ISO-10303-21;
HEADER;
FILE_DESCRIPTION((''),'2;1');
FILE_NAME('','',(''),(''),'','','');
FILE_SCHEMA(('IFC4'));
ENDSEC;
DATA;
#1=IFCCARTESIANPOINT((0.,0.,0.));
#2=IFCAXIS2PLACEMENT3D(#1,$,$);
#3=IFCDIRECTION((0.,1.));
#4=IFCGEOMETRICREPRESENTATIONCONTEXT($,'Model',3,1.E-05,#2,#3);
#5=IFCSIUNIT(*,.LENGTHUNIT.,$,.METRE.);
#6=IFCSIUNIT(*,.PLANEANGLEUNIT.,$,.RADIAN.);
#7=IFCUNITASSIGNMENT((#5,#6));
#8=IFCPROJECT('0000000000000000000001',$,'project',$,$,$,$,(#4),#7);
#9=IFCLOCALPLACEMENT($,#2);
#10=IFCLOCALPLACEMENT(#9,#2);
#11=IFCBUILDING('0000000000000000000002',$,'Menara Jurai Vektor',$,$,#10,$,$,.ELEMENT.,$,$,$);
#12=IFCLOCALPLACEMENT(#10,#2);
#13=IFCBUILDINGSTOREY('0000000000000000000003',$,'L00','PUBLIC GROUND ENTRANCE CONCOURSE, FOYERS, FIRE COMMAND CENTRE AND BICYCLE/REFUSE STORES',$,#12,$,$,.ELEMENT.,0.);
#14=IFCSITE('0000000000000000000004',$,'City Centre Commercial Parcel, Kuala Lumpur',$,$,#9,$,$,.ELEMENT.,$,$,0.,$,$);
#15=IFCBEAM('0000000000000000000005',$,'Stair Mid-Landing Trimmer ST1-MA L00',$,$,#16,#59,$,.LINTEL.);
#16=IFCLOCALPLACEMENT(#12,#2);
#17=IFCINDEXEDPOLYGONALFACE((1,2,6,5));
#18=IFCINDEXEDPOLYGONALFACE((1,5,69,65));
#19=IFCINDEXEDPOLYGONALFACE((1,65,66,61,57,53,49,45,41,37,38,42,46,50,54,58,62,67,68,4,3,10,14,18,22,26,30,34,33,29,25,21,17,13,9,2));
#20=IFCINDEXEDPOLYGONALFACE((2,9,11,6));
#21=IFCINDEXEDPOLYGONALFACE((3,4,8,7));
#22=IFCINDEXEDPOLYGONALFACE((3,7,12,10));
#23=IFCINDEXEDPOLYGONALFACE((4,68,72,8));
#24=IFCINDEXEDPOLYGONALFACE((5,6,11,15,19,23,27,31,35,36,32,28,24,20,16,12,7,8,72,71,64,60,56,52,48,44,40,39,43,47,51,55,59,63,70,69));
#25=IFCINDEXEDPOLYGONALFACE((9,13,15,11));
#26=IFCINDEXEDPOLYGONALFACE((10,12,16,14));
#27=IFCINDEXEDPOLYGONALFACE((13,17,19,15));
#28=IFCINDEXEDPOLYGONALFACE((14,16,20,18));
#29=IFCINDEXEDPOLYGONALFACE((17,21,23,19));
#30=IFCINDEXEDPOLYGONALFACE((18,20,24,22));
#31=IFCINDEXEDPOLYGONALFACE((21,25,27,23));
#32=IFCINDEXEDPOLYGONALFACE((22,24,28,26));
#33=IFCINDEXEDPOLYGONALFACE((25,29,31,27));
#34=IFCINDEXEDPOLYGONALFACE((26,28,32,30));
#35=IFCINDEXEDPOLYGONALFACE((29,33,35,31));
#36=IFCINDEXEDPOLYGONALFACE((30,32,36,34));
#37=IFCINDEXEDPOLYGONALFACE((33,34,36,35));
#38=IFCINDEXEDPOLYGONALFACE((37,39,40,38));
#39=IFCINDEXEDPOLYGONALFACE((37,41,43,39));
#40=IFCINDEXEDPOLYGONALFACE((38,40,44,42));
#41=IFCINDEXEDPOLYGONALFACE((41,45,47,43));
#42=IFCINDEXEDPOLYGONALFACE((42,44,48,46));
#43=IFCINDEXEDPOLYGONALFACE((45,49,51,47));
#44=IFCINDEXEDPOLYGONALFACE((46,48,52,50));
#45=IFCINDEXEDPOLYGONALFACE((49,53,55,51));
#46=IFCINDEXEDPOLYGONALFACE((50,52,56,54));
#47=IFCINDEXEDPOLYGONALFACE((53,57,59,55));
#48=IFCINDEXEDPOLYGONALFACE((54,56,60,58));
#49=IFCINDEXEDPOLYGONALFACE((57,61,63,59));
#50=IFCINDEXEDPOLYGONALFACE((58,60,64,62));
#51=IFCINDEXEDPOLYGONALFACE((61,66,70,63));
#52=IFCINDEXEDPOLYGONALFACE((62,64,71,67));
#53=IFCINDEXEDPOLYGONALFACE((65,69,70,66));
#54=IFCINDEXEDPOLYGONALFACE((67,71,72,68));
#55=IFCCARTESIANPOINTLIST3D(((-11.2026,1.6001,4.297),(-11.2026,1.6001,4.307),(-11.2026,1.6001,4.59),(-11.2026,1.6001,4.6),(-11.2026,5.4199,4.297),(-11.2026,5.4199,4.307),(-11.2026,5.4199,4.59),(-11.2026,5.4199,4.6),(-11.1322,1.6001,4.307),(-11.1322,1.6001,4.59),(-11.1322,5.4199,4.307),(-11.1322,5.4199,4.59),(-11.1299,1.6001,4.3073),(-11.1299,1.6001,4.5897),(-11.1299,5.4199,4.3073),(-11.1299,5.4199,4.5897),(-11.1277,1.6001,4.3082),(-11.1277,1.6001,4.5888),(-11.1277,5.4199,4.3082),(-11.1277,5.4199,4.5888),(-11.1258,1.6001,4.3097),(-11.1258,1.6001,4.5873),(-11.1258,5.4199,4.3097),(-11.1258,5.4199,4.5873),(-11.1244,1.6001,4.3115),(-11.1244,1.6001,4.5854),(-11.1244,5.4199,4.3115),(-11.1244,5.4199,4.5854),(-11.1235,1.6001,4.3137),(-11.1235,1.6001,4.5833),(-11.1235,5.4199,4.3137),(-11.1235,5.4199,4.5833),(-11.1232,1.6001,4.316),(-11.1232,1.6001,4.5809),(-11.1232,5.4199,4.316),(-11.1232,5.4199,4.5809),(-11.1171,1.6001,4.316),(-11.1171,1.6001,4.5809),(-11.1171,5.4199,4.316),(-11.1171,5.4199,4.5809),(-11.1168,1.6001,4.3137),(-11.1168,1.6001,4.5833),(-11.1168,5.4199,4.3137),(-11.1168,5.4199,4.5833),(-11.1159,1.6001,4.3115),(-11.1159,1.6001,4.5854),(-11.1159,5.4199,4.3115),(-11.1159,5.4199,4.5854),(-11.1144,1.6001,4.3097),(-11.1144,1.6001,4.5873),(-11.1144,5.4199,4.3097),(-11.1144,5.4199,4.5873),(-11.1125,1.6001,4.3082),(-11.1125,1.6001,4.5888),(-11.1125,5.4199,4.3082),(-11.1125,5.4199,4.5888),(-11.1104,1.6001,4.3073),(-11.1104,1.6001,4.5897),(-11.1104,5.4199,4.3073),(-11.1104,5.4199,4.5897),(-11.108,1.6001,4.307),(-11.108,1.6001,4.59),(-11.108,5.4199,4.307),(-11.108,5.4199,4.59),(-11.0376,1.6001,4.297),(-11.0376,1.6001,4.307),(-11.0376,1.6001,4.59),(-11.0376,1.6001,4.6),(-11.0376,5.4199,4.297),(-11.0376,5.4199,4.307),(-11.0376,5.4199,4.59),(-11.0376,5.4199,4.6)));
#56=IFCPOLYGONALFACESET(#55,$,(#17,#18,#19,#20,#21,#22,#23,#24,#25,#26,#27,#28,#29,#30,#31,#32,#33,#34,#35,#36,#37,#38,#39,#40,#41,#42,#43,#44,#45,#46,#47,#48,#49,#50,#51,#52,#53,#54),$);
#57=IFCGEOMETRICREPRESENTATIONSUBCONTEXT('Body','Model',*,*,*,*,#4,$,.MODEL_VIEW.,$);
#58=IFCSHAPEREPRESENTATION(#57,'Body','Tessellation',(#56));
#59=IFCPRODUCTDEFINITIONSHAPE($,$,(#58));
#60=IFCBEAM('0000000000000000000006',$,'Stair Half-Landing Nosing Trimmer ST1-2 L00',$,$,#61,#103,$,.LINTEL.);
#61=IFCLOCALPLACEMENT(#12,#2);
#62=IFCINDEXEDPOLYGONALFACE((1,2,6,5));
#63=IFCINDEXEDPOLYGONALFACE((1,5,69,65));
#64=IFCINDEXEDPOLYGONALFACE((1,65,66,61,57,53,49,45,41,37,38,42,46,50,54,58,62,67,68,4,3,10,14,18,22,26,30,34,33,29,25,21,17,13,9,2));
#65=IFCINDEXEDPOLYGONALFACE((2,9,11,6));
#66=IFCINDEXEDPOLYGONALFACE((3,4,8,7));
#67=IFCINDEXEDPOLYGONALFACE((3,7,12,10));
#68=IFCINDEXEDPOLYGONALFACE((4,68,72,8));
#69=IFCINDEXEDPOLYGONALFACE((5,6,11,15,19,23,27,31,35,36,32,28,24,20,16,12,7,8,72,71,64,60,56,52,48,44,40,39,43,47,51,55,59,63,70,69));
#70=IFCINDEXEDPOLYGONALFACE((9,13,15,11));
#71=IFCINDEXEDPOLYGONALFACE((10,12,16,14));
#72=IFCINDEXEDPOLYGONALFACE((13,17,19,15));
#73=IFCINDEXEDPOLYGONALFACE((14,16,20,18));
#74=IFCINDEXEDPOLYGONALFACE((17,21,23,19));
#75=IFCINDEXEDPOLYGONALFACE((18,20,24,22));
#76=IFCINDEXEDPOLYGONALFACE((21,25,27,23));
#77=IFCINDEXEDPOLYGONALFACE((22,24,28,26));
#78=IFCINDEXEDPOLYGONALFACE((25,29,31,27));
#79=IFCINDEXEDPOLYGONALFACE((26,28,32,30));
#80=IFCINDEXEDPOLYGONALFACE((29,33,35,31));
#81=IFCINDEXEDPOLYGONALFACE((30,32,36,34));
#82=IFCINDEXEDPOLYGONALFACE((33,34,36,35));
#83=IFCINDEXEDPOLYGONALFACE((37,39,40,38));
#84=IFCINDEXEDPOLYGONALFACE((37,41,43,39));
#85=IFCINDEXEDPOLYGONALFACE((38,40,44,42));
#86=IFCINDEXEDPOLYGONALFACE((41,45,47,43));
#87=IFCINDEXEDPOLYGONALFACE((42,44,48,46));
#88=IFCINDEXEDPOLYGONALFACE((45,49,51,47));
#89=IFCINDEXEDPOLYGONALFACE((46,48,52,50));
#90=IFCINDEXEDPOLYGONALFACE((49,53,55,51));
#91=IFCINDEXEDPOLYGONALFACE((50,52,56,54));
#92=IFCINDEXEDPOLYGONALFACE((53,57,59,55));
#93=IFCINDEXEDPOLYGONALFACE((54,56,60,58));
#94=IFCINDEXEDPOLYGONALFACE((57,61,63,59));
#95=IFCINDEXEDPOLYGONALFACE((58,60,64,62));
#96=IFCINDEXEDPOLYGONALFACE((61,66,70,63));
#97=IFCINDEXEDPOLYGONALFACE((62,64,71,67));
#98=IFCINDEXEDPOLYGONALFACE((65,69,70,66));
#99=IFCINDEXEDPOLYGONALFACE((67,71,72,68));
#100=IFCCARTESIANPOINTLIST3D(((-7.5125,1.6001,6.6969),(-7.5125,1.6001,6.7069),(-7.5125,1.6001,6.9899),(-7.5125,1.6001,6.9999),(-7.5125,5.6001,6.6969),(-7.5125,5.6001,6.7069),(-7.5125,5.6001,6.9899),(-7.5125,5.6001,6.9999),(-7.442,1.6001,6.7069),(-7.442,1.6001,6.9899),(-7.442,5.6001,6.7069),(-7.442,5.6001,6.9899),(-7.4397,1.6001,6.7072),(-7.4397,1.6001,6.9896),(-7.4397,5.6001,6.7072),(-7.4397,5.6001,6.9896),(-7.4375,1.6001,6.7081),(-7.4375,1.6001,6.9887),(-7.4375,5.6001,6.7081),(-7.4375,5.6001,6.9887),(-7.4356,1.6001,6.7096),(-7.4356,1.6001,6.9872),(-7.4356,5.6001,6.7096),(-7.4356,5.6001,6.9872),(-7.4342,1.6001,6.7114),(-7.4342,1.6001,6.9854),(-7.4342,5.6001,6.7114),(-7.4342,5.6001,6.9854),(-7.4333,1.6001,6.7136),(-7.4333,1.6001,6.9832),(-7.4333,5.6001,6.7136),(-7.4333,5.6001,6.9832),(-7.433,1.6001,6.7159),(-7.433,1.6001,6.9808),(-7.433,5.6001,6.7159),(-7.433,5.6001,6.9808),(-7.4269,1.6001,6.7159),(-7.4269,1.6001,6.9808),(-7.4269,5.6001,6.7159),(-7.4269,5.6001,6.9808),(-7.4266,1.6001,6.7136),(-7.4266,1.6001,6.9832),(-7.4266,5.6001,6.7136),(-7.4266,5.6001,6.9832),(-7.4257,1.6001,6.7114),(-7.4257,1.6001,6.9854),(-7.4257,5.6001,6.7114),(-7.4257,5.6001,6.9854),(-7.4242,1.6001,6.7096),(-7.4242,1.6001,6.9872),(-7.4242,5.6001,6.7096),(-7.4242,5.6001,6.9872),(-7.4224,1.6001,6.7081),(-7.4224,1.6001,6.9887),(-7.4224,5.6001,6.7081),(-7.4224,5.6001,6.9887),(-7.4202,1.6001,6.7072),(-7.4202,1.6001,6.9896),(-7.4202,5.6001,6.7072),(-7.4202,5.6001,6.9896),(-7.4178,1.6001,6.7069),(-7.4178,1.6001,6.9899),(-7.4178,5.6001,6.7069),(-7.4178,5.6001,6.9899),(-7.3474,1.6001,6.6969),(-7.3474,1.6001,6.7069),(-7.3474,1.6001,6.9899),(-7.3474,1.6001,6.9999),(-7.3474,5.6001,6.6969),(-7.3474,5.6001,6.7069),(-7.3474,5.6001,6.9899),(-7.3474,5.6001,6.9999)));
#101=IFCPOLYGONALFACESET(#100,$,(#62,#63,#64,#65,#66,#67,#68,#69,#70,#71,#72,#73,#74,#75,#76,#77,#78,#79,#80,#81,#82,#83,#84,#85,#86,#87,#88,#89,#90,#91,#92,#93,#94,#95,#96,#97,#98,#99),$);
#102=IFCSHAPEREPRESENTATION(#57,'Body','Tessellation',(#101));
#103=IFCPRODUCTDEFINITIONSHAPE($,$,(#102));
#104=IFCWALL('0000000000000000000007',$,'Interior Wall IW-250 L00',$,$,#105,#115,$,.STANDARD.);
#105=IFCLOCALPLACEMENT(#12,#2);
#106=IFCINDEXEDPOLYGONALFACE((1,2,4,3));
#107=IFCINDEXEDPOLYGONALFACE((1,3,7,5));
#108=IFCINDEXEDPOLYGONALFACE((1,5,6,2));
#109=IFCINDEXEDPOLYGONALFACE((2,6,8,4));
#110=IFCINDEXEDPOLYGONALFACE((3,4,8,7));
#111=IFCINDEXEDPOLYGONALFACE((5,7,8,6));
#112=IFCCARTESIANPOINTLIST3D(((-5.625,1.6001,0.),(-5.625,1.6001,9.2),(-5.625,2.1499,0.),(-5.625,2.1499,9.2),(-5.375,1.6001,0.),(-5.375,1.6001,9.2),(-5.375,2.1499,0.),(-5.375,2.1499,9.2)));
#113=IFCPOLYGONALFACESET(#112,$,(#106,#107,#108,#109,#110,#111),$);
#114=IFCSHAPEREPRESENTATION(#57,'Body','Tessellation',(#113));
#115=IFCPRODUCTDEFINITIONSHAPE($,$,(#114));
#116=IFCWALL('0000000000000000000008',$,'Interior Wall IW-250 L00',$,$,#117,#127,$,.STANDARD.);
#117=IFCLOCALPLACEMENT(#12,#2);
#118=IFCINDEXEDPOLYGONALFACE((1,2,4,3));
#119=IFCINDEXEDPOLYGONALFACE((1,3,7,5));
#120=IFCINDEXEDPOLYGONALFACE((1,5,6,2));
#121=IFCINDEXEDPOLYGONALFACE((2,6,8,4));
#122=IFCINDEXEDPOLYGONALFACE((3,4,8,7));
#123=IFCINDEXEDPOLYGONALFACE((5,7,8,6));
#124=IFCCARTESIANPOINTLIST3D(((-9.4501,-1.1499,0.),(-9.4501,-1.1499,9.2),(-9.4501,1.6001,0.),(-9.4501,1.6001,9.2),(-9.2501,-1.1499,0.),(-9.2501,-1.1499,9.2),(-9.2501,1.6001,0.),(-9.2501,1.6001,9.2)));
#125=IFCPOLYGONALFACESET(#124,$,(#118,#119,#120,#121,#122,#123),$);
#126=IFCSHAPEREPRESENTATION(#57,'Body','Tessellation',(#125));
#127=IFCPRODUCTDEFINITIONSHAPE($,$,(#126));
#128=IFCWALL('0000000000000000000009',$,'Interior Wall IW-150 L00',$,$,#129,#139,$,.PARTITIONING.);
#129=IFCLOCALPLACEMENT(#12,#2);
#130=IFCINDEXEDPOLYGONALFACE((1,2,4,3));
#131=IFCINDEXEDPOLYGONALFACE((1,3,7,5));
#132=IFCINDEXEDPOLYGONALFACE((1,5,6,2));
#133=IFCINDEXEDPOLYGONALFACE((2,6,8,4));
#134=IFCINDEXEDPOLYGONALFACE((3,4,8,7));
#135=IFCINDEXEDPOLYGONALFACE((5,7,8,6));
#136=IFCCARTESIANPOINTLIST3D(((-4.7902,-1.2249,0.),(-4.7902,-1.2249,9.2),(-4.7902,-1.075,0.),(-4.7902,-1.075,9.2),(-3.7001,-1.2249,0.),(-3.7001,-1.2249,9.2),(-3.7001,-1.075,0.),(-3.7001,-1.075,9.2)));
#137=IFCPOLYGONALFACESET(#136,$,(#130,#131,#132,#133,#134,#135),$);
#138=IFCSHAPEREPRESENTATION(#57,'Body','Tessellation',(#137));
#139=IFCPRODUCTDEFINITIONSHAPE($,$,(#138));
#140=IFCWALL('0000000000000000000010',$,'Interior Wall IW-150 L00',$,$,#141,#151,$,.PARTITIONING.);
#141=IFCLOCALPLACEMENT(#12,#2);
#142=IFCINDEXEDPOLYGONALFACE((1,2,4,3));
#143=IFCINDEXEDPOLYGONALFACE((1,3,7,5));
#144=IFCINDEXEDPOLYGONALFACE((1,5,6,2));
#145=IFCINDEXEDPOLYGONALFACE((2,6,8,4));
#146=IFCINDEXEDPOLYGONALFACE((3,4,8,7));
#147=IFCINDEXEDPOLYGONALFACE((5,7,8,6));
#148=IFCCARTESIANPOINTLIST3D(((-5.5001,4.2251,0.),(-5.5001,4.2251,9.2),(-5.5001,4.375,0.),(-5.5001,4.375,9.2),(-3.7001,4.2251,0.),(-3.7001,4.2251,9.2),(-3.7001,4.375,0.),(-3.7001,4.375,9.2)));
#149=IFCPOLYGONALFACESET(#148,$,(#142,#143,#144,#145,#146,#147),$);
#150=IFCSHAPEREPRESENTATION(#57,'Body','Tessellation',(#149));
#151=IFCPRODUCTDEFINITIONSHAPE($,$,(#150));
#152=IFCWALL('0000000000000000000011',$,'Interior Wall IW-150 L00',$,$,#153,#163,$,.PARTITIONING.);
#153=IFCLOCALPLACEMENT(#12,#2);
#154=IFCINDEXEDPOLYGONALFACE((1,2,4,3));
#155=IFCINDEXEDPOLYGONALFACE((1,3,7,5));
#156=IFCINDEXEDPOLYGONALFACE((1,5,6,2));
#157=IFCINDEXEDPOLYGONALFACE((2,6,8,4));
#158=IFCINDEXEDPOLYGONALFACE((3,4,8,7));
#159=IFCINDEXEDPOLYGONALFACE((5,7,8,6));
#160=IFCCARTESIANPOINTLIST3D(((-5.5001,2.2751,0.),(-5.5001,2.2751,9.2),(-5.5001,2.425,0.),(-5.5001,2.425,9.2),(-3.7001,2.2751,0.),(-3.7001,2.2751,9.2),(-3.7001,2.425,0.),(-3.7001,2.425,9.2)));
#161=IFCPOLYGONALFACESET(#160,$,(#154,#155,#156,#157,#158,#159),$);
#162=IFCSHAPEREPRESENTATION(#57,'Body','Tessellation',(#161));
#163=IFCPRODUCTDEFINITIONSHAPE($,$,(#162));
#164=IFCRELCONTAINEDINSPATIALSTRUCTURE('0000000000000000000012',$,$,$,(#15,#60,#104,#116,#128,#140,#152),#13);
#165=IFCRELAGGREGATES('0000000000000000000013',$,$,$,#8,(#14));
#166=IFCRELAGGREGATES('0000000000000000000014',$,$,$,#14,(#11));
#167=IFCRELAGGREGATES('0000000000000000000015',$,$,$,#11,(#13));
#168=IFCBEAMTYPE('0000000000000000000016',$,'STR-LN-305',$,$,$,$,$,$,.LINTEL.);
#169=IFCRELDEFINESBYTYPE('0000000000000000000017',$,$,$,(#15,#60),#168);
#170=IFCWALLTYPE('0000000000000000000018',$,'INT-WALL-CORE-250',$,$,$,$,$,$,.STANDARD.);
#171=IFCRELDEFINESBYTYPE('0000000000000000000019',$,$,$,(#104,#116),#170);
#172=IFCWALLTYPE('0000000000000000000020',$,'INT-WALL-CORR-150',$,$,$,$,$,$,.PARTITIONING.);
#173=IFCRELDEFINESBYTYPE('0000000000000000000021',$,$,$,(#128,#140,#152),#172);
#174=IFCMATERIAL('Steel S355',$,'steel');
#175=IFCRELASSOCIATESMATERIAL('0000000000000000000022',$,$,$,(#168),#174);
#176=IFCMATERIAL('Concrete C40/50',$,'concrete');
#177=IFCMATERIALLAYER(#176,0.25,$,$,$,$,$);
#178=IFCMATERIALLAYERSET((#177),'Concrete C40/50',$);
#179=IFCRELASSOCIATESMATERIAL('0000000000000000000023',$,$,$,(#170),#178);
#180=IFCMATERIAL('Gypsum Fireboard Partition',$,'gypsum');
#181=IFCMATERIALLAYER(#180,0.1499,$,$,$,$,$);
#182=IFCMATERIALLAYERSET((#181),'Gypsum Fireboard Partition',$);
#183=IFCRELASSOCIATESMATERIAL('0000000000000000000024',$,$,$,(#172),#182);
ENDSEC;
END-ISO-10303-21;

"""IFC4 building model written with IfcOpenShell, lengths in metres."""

from ifc_helpers import new_model, si_unit, direction, frame, frame_2d, origin, origin_2d, place, context, subcontext, project, spatial, rectangle, i_section, extrude, material, layer, layer_set, material_profile, profile_set, type_object, element, save


model = new_model("IFC4")

# Units and contexts
model_context = context("Model", 3, precision=1e-05, world=origin(), true_north=direction((0.0, 1.0)))
body_context = subcontext(model_context, "Body", "Model", "MODEL_VIEW")
ifc_project = project(units=[si_unit("LENGTHUNIT", "METRE"), si_unit("PLANEANGLEUNIT", "RADIAN")], contexts=[model_context])

# Site, building, storey
site_placement = place(None, origin())
site = spatial("IfcSite", under=ifc_project, at=site_placement, Name="City Centre Commercial Parcel, Kuala Lumpur", CompositionType="ELEMENT", RefElevation=0.0)
building_placement = place(site_placement, origin())
building = spatial("IfcBuilding", under=site, at=building_placement, Name="Menara Jurai Vektor", CompositionType="ELEMENT")
storey_placement = place(building_placement, origin())
storey = spatial("IfcBuildingStorey", under=building, at=storey_placement, Name="L00", Description="PUBLIC GROUND ENTRANCE CONCOURSE, FOYERS, FIRE COMMAND CENTRE AND BICYCLE/REFUSE STORES", CompositionType="ELEMENT", Elevation=0.0)

# Beams
ifc_material_1 = material(Name="Steel S355", Category="steel")
ifc_material_profile_1 = material_profile(ifc_material_1, i_section(OverallWidth=0.165, OverallDepth=0.303, WebThickness=0.0061, FlangeThickness=0.01, FilletRadius=0.009, at=origin_2d()), Name="UKB 305x165x40")
ifc_profile_set_1 = profile_set([ifc_material_profile_1], Name="Steel S355")
beam_type_1 = type_object("IfcBeamType", Name="STR-LN-305", PredefinedType="LINTEL", material=ifc_profile_set_1)
beam_1_placement = place(storey_placement, frame((-11.1201, 1.6001, 4.4485), z_axis=(0.0, 1.0, 0.0), x_axis=(-1.0, 0.0, 0.0)))
element("IfcBeam", 1, at=beam_1_placement, inside=storey, type_object=beam_type_1, Name="Stair Mid-Landing Trimmer ST1-MA L00", PredefinedType="LINTEL", context=body_context, shape_type="SweptSolid", body=[
    extrude(i_section(OverallWidth=0.165, OverallDepth=0.303, WebThickness=0.0061, FlangeThickness=0.01, FilletRadius=0.009, at=origin_2d()), origin(), (0.0, 0.0, 1.0), 3.8198),
])
beam_2_placement = place(storey_placement, frame((-7.4299, 1.6001, 6.8484), z_axis=(0.0, 1.0, 0.0), x_axis=(-1.0, 0.0, 0.0)))
element("IfcBeam", 2, at=beam_2_placement, inside=storey, type_object=beam_type_1, Name="Stair Half-Landing Nosing Trimmer ST1-2 L00", PredefinedType="LINTEL", context=body_context, shape_type="SweptSolid", body=[
    extrude(i_section(OverallWidth=0.165, OverallDepth=0.303, WebThickness=0.0061, FlangeThickness=0.01, FilletRadius=0.009, at=origin_2d()), origin(), (0.0, 0.0, 1.0), 4.0),
])

# Walls
ifc_material_2 = material(Name="Concrete C40/50", Category="concrete")
ifc_layer_1 = layer(ifc_material_2, 0.25)
ifc_layer_set_1 = layer_set([ifc_layer_1], Name="Concrete C40/50")
wall_type_1 = type_object("IfcWallType", Name="INT-WALL-CORE-250", PredefinedType="STANDARD", material=ifc_layer_set_1)
wall_1_placement = place(storey_placement, frame((-5.5, 1.6001, 0.0), z_axis=(0.0, 0.0, 1.0), x_axis=(0.0, 1.0, 0.0)))
element("IfcWall", 3, at=wall_1_placement, inside=storey, type_object=wall_type_1, Name="Interior Wall IW-250 L00", PredefinedType="STANDARD", context=body_context, shape_type="SweptSolid", body=[
    extrude(rectangle(XDim=0.5498, YDim=0.25, at=frame_2d((0.2749, 0.0))), origin(), (0.0, 0.0, 1.0), 9.2),
])
wall_2_placement = place(storey_placement, frame((-9.3501, -1.1499, 0.0), z_axis=(0.0, 0.0, 1.0), x_axis=(0.0, 1.0, 0.0)))
element("IfcWall", 4, at=wall_2_placement, inside=storey, type_object=wall_type_1, Name="Interior Wall IW-250 L00", PredefinedType="STANDARD", context=body_context, shape_type="SweptSolid", body=[
    extrude(rectangle(XDim=2.75, YDim=0.2, at=frame_2d((1.375, 0.0))), origin(), (0.0, 0.0, 1.0), 9.2),
])
ifc_material_3 = material(Name="Gypsum Fireboard Partition", Category="gypsum")
ifc_layer_2 = layer(ifc_material_3, 0.1499)
ifc_layer_set_2 = layer_set([ifc_layer_2], Name="Gypsum Fireboard Partition")
wall_type_2 = type_object("IfcWallType", Name="INT-WALL-CORR-150", PredefinedType="PARTITIONING", material=ifc_layer_set_2)
wall_3_placement = place(storey_placement, frame((-4.79, -1.1499, 0.0), z_axis=(0.0, 0.0, 1.0), x_axis=(1.0, 0.0, 0.0)))
element("IfcWall", 5, at=wall_3_placement, inside=storey, type_object=wall_type_2, Name="Interior Wall IW-150 L00", PredefinedType="PARTITIONING", context=body_context, shape_type="SweptSolid", body=[
    extrude(rectangle(XDim=1.0901, YDim=0.1499, at=frame_2d((0.5449, 0.0))), origin(), (0.0, 0.0, 1.0), 9.2),
])
for number, where, z_axis, x_axis, name in (
    (6, (-5.5, 4.3, 0.0), (0.0, 0.0, 1.0), (1.0, 0.0, 0.0), "Interior Wall IW-150 L00"),
    (7, (-5.5, 2.3501, 0.0), (0.0, 0.0, 1.0), (1.0, 0.0, 0.0), "Interior Wall IW-150 L00"),
):
    element("IfcWall", number, at=place(storey_placement, frame(where, z_axis=z_axis, x_axis=x_axis)), inside=storey, type_object=wall_type_2, Name=name, PredefinedType="PARTITIONING", context=body_context, shape_type="SweptSolid", body=[
        extrude(rectangle(XDim=1.8, YDim=0.1499, at=frame_2d((0.8999, 0.0))), origin(), (0.0, 0.0, 1.0), 9.2),
    ])

save(model, "model.ifc")
